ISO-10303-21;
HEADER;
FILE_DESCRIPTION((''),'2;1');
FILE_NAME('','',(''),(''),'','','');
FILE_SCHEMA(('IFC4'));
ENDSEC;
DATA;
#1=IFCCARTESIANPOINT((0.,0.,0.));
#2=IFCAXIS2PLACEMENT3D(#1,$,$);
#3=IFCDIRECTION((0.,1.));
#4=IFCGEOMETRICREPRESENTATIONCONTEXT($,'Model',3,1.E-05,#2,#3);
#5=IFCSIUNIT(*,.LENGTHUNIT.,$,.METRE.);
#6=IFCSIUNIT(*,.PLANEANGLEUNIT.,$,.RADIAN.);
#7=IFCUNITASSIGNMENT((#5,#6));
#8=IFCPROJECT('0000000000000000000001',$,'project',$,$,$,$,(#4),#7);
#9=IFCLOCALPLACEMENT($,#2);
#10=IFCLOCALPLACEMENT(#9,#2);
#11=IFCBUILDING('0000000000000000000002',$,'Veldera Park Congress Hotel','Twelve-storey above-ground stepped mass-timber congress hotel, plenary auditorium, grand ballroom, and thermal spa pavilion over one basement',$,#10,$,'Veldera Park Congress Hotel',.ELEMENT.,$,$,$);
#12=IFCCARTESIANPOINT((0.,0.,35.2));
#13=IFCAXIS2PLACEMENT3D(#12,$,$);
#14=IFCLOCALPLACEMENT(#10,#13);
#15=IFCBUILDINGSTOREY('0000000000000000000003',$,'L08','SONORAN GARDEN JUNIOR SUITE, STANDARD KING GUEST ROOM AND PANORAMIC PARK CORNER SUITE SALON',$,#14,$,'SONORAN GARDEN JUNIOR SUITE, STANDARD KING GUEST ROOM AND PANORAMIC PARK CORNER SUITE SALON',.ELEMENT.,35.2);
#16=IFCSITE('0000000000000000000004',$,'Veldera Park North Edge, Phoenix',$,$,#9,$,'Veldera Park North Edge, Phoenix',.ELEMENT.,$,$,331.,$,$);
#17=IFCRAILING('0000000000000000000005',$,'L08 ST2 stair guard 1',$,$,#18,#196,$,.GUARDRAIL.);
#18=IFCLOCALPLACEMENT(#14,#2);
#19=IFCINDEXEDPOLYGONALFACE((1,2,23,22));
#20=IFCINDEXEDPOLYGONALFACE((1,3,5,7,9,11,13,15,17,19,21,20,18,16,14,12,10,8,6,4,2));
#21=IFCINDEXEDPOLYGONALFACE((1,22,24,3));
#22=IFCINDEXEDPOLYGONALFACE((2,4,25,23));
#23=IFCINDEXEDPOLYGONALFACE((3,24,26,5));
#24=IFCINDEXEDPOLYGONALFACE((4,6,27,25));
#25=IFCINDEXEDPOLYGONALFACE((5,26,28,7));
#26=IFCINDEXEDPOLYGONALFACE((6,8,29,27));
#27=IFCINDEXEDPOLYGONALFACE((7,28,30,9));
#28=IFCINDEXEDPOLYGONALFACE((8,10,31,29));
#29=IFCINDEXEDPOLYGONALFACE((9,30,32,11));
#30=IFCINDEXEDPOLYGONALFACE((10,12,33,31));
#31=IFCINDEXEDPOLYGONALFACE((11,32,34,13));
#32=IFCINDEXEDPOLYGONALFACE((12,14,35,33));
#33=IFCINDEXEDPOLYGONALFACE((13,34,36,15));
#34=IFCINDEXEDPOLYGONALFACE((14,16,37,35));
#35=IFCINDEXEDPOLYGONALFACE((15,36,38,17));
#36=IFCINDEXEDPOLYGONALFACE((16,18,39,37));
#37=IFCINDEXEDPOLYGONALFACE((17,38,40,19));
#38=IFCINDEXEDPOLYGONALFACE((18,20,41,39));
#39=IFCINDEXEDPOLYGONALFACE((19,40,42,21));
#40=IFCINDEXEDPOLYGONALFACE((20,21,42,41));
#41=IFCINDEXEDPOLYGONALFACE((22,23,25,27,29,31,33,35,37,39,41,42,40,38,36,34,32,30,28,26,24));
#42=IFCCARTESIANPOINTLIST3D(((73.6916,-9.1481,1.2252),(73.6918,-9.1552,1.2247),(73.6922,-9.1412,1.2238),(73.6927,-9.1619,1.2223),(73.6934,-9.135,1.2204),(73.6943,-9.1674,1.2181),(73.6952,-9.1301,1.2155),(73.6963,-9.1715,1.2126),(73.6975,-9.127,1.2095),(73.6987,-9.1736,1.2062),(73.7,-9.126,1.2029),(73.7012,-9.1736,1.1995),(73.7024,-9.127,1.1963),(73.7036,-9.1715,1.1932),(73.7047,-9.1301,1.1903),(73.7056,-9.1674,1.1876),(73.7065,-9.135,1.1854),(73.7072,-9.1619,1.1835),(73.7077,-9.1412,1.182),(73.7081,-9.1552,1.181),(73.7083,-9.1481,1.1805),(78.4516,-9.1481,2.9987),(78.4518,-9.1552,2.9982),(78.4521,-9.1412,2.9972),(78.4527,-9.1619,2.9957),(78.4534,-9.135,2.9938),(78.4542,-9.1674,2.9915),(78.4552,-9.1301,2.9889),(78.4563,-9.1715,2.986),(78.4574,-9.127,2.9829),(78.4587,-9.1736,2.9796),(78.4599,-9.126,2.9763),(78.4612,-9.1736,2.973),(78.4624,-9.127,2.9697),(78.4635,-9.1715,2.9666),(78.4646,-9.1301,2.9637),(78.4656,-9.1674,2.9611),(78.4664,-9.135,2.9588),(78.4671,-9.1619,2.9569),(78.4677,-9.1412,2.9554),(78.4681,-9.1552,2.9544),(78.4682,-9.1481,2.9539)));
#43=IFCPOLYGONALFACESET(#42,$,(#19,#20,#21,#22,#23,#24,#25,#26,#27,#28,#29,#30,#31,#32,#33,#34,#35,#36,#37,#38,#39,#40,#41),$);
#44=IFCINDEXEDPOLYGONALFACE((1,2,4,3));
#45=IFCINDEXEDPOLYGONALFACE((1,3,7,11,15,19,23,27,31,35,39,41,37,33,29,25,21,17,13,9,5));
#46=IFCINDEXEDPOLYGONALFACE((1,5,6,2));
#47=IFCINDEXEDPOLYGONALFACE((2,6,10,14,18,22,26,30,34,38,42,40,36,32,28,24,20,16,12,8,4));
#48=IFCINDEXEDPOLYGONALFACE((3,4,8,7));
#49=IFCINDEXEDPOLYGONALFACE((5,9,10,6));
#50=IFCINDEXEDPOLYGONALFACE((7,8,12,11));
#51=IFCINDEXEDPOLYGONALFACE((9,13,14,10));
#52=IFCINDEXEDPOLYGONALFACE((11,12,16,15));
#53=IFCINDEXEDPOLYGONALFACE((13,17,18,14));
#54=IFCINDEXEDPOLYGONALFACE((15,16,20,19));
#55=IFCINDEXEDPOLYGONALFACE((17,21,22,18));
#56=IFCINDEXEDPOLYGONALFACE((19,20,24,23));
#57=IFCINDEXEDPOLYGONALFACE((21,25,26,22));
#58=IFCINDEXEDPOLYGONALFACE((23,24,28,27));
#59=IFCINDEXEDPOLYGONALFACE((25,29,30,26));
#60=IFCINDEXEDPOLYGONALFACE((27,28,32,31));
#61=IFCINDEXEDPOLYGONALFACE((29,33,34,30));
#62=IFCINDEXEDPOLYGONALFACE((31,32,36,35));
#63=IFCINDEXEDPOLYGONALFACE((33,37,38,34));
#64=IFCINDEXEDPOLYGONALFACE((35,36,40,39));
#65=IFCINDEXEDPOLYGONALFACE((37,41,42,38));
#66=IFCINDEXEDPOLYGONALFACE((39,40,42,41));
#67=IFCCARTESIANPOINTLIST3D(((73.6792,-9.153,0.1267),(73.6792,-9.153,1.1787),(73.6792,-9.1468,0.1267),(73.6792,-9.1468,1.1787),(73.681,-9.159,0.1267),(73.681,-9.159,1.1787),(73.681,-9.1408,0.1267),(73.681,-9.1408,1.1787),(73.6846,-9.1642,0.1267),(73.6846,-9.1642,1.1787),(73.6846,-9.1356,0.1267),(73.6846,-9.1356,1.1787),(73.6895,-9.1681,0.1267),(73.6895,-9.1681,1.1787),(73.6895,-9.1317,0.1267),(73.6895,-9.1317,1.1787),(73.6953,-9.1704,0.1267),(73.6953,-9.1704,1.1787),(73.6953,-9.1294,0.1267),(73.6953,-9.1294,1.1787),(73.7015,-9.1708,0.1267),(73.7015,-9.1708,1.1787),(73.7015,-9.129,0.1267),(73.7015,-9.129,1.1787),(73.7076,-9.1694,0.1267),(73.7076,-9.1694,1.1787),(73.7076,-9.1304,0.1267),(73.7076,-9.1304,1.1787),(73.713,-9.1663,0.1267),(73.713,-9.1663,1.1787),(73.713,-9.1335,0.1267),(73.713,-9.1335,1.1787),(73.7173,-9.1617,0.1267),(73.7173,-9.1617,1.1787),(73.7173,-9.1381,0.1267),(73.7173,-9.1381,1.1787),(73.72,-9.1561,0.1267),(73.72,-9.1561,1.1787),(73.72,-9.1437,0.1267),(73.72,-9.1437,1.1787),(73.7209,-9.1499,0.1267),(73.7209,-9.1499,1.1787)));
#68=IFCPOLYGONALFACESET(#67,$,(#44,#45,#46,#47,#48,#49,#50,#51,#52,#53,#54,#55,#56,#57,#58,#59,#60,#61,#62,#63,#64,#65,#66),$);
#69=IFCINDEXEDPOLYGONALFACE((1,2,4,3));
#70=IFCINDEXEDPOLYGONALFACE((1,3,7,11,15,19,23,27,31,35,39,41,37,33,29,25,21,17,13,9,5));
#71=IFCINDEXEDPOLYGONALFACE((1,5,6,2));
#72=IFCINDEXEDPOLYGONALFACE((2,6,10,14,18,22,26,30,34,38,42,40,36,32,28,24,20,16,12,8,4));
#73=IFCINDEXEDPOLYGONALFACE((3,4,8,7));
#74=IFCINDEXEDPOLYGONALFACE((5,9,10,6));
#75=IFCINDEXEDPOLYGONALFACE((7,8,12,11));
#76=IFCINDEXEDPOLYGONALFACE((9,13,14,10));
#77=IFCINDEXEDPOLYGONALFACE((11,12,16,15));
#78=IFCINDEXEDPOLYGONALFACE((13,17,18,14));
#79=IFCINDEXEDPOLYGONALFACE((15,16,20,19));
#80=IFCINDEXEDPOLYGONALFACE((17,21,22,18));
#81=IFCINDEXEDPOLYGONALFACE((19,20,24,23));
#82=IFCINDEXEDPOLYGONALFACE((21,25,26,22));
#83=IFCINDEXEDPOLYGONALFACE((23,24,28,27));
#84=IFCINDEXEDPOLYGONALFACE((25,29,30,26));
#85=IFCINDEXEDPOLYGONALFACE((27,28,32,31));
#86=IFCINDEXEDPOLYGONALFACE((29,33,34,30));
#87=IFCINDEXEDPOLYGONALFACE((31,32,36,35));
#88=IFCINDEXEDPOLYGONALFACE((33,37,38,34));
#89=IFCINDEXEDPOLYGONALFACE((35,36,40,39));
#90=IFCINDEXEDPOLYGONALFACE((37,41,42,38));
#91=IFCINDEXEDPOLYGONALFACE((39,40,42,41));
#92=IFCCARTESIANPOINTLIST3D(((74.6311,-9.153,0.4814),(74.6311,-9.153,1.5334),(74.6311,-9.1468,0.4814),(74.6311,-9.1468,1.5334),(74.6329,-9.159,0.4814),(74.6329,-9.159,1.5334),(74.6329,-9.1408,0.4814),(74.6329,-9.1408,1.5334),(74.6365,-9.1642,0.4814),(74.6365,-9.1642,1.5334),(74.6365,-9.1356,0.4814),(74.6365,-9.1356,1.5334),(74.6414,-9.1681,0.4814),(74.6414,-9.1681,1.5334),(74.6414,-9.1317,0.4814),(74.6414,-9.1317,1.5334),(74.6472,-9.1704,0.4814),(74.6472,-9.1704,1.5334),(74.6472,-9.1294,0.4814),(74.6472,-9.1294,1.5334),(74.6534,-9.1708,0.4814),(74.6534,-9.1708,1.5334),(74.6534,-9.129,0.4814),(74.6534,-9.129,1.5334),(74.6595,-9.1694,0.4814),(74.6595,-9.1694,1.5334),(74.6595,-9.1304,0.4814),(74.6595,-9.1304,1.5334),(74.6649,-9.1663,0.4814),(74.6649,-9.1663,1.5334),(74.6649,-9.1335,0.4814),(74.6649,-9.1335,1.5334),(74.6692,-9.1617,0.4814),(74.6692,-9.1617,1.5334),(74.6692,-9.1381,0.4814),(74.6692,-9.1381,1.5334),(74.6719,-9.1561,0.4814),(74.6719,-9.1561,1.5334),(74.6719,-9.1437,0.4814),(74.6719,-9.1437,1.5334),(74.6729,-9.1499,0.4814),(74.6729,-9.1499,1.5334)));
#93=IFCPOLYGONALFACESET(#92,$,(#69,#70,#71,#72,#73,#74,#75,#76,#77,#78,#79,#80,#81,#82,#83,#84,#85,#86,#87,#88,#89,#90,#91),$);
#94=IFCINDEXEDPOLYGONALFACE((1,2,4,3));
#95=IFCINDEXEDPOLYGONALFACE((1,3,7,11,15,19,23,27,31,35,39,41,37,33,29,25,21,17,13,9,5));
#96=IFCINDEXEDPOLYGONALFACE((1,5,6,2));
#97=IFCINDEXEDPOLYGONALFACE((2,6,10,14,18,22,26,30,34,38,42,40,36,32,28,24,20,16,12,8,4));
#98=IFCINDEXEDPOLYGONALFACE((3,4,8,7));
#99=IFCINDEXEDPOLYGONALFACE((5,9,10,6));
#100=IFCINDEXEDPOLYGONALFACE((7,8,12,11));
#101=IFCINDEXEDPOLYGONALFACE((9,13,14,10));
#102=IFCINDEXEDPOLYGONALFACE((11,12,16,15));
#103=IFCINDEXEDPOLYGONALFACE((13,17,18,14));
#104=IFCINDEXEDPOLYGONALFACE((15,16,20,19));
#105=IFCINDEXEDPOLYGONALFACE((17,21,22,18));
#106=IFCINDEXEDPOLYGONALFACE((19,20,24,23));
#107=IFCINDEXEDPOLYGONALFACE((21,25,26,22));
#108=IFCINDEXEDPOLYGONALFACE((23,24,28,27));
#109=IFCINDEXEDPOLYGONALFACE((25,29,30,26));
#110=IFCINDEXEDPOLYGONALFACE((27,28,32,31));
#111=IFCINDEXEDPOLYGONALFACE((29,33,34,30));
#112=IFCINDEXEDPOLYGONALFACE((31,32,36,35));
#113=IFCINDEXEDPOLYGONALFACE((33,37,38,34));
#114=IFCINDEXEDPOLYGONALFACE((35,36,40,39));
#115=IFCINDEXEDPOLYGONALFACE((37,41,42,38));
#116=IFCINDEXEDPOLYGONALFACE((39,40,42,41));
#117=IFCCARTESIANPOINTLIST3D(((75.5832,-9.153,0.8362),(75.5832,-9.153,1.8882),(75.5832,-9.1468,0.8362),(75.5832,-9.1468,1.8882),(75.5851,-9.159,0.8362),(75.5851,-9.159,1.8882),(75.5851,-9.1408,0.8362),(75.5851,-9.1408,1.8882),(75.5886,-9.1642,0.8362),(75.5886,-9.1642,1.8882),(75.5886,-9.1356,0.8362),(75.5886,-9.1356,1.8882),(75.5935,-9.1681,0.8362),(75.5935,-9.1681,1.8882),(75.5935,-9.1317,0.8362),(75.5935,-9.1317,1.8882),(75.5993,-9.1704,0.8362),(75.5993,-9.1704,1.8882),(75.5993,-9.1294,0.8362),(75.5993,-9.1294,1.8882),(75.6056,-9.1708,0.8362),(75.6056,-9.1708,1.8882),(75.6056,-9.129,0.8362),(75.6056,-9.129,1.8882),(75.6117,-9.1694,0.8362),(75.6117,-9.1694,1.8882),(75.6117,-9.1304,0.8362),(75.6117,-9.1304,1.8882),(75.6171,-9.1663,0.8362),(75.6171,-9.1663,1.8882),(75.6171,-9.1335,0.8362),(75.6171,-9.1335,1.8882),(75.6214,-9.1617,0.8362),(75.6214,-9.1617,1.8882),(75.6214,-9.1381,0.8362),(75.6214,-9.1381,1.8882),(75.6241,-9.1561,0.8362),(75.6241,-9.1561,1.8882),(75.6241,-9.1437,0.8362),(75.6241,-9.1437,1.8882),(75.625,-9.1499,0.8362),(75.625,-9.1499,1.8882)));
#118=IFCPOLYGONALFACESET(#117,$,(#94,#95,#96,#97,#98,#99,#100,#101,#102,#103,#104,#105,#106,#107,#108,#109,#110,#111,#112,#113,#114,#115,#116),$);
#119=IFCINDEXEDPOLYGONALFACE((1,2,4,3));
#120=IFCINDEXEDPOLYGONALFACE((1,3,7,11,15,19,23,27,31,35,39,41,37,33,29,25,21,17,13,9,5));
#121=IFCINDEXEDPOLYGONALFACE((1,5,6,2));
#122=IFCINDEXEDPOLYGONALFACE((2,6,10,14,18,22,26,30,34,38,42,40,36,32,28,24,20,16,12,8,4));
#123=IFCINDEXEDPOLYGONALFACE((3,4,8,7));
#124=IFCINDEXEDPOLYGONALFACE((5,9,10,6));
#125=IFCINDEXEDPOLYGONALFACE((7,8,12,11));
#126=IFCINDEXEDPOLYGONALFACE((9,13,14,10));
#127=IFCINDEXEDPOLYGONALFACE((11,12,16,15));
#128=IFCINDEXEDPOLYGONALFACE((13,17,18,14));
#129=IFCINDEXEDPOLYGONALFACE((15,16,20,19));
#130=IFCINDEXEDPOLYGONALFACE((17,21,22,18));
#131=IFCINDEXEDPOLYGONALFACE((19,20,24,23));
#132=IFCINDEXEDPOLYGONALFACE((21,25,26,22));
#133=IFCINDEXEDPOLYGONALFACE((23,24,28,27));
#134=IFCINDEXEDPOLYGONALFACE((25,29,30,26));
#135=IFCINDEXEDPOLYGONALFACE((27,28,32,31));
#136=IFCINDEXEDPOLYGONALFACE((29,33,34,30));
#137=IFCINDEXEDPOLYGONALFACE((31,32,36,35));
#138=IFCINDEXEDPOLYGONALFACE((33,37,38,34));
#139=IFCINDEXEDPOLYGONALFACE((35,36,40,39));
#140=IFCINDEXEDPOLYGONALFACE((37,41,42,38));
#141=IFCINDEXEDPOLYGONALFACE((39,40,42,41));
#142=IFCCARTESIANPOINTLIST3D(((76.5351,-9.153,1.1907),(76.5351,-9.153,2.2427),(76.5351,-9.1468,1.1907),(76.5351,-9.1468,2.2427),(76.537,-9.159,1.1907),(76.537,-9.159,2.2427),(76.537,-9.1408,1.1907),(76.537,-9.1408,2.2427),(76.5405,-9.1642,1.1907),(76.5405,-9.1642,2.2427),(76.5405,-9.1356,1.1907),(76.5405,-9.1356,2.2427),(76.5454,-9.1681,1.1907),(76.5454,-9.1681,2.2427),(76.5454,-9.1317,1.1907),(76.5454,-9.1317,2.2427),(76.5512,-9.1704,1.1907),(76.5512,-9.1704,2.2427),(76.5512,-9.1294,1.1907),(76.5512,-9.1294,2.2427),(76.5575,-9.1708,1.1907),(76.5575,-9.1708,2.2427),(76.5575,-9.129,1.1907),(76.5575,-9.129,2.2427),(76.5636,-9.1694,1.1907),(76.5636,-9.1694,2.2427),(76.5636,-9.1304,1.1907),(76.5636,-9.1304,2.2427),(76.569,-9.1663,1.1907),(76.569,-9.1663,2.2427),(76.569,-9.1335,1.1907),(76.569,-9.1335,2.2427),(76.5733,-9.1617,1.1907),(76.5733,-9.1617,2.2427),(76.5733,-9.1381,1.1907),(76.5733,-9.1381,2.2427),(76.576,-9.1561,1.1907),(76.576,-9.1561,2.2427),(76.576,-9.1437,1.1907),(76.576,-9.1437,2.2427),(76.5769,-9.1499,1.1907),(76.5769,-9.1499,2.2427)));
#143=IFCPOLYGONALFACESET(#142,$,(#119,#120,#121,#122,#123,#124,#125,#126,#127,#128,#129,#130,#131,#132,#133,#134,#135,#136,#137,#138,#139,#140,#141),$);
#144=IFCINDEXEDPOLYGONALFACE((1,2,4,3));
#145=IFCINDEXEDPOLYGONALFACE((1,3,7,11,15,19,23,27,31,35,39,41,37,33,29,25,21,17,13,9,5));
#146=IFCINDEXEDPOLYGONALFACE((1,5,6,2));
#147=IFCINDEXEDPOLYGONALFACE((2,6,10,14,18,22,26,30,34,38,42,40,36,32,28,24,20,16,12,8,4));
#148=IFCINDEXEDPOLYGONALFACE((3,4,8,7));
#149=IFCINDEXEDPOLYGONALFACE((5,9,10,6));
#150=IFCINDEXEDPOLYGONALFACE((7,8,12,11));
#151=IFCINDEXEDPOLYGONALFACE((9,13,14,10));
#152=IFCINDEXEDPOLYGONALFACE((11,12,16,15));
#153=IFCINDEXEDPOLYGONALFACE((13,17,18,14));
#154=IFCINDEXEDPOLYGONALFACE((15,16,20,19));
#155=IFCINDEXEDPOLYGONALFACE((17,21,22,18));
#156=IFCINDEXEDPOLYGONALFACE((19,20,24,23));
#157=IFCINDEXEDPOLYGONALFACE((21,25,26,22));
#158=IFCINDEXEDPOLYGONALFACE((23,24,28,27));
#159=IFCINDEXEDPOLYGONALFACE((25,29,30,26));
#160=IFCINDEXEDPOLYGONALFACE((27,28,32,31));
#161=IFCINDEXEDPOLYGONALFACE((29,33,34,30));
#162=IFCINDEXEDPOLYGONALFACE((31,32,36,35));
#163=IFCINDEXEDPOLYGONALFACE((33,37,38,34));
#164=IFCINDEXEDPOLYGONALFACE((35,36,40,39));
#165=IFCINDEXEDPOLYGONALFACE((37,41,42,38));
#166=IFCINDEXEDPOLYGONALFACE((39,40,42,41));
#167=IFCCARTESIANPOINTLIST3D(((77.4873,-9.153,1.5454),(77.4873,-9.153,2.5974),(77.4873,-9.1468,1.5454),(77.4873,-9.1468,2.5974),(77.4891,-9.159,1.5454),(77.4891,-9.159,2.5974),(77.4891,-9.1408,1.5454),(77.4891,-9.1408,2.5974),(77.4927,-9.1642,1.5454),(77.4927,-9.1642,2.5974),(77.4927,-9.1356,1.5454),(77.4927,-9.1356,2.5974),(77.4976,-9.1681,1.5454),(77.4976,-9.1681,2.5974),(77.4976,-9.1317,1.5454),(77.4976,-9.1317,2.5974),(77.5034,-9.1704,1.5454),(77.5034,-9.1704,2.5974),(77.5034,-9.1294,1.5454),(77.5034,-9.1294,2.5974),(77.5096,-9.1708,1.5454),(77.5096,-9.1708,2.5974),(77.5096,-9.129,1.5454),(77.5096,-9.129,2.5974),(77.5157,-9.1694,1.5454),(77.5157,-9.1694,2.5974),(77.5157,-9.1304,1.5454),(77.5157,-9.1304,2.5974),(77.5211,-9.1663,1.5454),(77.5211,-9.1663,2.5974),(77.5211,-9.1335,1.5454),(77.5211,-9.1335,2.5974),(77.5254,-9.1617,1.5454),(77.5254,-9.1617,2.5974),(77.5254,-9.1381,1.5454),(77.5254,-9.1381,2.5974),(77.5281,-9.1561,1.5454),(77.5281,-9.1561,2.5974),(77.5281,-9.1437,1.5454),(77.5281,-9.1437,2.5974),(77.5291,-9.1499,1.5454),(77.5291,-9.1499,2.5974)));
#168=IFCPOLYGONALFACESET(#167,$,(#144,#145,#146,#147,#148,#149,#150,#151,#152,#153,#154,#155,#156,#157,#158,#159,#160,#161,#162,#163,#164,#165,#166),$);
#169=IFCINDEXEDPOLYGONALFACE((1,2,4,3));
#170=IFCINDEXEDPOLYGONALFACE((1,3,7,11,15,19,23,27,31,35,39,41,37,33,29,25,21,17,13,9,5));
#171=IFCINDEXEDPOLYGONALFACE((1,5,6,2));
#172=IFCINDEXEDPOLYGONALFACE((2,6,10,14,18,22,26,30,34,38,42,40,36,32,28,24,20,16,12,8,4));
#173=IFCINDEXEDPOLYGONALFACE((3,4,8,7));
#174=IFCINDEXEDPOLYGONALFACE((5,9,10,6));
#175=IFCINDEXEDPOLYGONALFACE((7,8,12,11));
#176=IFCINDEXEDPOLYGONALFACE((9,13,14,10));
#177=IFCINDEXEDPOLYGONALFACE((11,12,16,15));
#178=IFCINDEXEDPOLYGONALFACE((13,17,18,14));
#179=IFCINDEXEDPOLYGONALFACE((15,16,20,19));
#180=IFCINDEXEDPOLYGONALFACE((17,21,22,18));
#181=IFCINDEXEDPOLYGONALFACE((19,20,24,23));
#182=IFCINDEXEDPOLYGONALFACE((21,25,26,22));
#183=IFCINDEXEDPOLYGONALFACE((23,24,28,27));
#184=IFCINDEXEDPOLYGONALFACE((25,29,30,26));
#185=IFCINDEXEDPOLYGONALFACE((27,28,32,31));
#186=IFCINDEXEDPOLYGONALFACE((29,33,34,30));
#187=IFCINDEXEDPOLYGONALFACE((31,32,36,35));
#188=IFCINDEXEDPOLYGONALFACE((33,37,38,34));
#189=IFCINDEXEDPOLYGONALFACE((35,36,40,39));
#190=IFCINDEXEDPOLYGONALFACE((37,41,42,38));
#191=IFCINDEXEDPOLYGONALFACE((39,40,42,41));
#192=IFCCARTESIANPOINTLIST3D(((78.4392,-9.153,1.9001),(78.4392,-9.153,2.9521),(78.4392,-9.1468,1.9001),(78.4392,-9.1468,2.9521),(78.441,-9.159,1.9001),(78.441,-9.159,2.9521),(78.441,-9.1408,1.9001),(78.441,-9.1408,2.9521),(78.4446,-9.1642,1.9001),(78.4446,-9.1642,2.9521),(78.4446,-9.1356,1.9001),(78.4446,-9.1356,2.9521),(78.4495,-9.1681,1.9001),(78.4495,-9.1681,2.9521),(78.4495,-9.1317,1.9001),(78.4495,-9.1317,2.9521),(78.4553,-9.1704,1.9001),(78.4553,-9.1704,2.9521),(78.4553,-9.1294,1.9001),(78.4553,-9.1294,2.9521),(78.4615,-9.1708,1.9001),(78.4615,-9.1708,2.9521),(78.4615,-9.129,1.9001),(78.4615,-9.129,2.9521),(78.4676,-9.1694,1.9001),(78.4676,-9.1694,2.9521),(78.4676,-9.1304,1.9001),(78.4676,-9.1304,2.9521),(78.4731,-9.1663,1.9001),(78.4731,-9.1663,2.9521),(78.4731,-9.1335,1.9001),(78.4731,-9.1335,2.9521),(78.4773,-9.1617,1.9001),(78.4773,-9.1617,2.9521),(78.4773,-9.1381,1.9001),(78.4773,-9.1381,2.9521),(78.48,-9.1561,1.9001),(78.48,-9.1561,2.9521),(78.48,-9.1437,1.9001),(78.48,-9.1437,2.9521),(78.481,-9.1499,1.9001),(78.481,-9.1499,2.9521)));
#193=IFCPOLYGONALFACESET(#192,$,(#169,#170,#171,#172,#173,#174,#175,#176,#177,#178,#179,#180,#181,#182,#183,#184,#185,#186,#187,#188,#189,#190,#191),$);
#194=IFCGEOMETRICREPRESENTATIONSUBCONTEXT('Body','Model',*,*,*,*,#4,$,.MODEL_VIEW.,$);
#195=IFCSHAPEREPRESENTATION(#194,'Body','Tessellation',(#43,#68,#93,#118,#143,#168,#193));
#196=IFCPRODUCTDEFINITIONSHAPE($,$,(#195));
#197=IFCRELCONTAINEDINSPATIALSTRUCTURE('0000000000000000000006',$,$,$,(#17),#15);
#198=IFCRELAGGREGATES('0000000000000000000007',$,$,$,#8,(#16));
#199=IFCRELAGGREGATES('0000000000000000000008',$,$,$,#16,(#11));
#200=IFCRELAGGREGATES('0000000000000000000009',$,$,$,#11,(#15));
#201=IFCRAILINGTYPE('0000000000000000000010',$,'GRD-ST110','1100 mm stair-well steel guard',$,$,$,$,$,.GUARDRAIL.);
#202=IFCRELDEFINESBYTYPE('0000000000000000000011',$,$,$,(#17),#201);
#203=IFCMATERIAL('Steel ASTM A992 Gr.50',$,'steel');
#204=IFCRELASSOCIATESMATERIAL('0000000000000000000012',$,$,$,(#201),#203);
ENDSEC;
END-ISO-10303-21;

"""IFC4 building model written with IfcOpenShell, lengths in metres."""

from ifc_helpers import new_model, si_unit, direction, frame, origin, origin_2d, place, context, subcontext, project, spatial, circle, extrude, material, type_object, element, save


model = new_model("IFC4")

# Units and contexts
model_context = context("Model", 3, precision=1e-05, world=origin(), true_north=direction((0.0, 1.0)))
body_context = subcontext(model_context, "Body", "Model", "MODEL_VIEW")
ifc_project = project(units=[si_unit("LENGTHUNIT", "METRE"), si_unit("PLANEANGLEUNIT", "RADIAN")], contexts=[model_context])

# Site, building, storey
site_placement = place(None, origin())
site = spatial("IfcSite", under=ifc_project, at=site_placement, Name="Veldera Park North Edge, Phoenix", LongName="Veldera Park North Edge, Phoenix", CompositionType="ELEMENT", RefElevation=331.0)
building_placement = place(site_placement, origin())
building = spatial("IfcBuilding", under=site, at=building_placement, Name="Veldera Park Congress Hotel", Description="Twelve-storey above-ground stepped mass-timber congress hotel, plenary auditorium, grand ballroom, and thermal spa pavilion over one basement", LongName="Veldera Park Congress Hotel", CompositionType="ELEMENT")
storey_placement = place(building_placement, frame((0.0, 0.0, 35.2)))
storey = spatial("IfcBuildingStorey", under=building, at=storey_placement, Name="L08", Description="SONORAN GARDEN JUNIOR SUITE, STANDARD KING GUEST ROOM AND PANORAMIC PARK CORNER SUITE SALON", LongName="SONORAN GARDEN JUNIOR SUITE, STANDARD KING GUEST ROOM AND PANORAMIC PARK CORNER SUITE SALON", CompositionType="ELEMENT", Elevation=35.2)

# Railing
ifc_material_1 = material(Name="Steel ASTM A992 Gr.50", Category="steel")
railing_type_1 = type_object("IfcRailingType", Name="GRD-ST110", Description="1100 mm stair-well steel guard", PredefinedType="GUARDRAIL", material=ifc_material_1)
railing_1_placement = place(storey_placement, frame((73.7, -9.1499, 0.1267)))
element("IfcRailing", 1, at=railing_1_placement, inside=storey, type_object=railing_type_1, Name="L08 ST2 stair guard 1", PredefinedType="GUARDRAIL", context=body_context, shape_type="SweptSolid", body=[
    extrude(circle(Radius=0.0239, at=origin_2d()), frame((0.0, 0.0, 1.0762), z_axis=(0.937076, 0.0, 0.349126), x_axis=(0.0, 1.0, 0.0)), (0.0, 0.0, 1.0), 5.0796),
    extrude(circle(Radius=0.021, at=origin_2d()), origin(), (0.0, 0.0, 1.0), 1.052),
    extrude(circle(Radius=0.021, at=origin_2d()), frame((0.9519, 0.0, 0.3547)), (0.0, 0.0, 1.0), 1.052),
    extrude(circle(Radius=0.021, at=origin_2d()), frame((1.9041, 0.0, 0.7095)), (0.0, 0.0, 1.0), 1.052),
    extrude(circle(Radius=0.021, at=origin_2d()), frame((2.856, 0.0, 1.064)), (0.0, 0.0, 1.0), 1.052),
    extrude(circle(Radius=0.021, at=origin_2d()), frame((3.8081, 0.0, 1.4187)), (0.0, 0.0, 1.0), 1.052),
    extrude(circle(Radius=0.021, at=origin_2d()), frame((4.76, 0.0, 1.7734)), (0.0, 0.0, 1.0), 1.052),
])

save(model, "model.ifc")
